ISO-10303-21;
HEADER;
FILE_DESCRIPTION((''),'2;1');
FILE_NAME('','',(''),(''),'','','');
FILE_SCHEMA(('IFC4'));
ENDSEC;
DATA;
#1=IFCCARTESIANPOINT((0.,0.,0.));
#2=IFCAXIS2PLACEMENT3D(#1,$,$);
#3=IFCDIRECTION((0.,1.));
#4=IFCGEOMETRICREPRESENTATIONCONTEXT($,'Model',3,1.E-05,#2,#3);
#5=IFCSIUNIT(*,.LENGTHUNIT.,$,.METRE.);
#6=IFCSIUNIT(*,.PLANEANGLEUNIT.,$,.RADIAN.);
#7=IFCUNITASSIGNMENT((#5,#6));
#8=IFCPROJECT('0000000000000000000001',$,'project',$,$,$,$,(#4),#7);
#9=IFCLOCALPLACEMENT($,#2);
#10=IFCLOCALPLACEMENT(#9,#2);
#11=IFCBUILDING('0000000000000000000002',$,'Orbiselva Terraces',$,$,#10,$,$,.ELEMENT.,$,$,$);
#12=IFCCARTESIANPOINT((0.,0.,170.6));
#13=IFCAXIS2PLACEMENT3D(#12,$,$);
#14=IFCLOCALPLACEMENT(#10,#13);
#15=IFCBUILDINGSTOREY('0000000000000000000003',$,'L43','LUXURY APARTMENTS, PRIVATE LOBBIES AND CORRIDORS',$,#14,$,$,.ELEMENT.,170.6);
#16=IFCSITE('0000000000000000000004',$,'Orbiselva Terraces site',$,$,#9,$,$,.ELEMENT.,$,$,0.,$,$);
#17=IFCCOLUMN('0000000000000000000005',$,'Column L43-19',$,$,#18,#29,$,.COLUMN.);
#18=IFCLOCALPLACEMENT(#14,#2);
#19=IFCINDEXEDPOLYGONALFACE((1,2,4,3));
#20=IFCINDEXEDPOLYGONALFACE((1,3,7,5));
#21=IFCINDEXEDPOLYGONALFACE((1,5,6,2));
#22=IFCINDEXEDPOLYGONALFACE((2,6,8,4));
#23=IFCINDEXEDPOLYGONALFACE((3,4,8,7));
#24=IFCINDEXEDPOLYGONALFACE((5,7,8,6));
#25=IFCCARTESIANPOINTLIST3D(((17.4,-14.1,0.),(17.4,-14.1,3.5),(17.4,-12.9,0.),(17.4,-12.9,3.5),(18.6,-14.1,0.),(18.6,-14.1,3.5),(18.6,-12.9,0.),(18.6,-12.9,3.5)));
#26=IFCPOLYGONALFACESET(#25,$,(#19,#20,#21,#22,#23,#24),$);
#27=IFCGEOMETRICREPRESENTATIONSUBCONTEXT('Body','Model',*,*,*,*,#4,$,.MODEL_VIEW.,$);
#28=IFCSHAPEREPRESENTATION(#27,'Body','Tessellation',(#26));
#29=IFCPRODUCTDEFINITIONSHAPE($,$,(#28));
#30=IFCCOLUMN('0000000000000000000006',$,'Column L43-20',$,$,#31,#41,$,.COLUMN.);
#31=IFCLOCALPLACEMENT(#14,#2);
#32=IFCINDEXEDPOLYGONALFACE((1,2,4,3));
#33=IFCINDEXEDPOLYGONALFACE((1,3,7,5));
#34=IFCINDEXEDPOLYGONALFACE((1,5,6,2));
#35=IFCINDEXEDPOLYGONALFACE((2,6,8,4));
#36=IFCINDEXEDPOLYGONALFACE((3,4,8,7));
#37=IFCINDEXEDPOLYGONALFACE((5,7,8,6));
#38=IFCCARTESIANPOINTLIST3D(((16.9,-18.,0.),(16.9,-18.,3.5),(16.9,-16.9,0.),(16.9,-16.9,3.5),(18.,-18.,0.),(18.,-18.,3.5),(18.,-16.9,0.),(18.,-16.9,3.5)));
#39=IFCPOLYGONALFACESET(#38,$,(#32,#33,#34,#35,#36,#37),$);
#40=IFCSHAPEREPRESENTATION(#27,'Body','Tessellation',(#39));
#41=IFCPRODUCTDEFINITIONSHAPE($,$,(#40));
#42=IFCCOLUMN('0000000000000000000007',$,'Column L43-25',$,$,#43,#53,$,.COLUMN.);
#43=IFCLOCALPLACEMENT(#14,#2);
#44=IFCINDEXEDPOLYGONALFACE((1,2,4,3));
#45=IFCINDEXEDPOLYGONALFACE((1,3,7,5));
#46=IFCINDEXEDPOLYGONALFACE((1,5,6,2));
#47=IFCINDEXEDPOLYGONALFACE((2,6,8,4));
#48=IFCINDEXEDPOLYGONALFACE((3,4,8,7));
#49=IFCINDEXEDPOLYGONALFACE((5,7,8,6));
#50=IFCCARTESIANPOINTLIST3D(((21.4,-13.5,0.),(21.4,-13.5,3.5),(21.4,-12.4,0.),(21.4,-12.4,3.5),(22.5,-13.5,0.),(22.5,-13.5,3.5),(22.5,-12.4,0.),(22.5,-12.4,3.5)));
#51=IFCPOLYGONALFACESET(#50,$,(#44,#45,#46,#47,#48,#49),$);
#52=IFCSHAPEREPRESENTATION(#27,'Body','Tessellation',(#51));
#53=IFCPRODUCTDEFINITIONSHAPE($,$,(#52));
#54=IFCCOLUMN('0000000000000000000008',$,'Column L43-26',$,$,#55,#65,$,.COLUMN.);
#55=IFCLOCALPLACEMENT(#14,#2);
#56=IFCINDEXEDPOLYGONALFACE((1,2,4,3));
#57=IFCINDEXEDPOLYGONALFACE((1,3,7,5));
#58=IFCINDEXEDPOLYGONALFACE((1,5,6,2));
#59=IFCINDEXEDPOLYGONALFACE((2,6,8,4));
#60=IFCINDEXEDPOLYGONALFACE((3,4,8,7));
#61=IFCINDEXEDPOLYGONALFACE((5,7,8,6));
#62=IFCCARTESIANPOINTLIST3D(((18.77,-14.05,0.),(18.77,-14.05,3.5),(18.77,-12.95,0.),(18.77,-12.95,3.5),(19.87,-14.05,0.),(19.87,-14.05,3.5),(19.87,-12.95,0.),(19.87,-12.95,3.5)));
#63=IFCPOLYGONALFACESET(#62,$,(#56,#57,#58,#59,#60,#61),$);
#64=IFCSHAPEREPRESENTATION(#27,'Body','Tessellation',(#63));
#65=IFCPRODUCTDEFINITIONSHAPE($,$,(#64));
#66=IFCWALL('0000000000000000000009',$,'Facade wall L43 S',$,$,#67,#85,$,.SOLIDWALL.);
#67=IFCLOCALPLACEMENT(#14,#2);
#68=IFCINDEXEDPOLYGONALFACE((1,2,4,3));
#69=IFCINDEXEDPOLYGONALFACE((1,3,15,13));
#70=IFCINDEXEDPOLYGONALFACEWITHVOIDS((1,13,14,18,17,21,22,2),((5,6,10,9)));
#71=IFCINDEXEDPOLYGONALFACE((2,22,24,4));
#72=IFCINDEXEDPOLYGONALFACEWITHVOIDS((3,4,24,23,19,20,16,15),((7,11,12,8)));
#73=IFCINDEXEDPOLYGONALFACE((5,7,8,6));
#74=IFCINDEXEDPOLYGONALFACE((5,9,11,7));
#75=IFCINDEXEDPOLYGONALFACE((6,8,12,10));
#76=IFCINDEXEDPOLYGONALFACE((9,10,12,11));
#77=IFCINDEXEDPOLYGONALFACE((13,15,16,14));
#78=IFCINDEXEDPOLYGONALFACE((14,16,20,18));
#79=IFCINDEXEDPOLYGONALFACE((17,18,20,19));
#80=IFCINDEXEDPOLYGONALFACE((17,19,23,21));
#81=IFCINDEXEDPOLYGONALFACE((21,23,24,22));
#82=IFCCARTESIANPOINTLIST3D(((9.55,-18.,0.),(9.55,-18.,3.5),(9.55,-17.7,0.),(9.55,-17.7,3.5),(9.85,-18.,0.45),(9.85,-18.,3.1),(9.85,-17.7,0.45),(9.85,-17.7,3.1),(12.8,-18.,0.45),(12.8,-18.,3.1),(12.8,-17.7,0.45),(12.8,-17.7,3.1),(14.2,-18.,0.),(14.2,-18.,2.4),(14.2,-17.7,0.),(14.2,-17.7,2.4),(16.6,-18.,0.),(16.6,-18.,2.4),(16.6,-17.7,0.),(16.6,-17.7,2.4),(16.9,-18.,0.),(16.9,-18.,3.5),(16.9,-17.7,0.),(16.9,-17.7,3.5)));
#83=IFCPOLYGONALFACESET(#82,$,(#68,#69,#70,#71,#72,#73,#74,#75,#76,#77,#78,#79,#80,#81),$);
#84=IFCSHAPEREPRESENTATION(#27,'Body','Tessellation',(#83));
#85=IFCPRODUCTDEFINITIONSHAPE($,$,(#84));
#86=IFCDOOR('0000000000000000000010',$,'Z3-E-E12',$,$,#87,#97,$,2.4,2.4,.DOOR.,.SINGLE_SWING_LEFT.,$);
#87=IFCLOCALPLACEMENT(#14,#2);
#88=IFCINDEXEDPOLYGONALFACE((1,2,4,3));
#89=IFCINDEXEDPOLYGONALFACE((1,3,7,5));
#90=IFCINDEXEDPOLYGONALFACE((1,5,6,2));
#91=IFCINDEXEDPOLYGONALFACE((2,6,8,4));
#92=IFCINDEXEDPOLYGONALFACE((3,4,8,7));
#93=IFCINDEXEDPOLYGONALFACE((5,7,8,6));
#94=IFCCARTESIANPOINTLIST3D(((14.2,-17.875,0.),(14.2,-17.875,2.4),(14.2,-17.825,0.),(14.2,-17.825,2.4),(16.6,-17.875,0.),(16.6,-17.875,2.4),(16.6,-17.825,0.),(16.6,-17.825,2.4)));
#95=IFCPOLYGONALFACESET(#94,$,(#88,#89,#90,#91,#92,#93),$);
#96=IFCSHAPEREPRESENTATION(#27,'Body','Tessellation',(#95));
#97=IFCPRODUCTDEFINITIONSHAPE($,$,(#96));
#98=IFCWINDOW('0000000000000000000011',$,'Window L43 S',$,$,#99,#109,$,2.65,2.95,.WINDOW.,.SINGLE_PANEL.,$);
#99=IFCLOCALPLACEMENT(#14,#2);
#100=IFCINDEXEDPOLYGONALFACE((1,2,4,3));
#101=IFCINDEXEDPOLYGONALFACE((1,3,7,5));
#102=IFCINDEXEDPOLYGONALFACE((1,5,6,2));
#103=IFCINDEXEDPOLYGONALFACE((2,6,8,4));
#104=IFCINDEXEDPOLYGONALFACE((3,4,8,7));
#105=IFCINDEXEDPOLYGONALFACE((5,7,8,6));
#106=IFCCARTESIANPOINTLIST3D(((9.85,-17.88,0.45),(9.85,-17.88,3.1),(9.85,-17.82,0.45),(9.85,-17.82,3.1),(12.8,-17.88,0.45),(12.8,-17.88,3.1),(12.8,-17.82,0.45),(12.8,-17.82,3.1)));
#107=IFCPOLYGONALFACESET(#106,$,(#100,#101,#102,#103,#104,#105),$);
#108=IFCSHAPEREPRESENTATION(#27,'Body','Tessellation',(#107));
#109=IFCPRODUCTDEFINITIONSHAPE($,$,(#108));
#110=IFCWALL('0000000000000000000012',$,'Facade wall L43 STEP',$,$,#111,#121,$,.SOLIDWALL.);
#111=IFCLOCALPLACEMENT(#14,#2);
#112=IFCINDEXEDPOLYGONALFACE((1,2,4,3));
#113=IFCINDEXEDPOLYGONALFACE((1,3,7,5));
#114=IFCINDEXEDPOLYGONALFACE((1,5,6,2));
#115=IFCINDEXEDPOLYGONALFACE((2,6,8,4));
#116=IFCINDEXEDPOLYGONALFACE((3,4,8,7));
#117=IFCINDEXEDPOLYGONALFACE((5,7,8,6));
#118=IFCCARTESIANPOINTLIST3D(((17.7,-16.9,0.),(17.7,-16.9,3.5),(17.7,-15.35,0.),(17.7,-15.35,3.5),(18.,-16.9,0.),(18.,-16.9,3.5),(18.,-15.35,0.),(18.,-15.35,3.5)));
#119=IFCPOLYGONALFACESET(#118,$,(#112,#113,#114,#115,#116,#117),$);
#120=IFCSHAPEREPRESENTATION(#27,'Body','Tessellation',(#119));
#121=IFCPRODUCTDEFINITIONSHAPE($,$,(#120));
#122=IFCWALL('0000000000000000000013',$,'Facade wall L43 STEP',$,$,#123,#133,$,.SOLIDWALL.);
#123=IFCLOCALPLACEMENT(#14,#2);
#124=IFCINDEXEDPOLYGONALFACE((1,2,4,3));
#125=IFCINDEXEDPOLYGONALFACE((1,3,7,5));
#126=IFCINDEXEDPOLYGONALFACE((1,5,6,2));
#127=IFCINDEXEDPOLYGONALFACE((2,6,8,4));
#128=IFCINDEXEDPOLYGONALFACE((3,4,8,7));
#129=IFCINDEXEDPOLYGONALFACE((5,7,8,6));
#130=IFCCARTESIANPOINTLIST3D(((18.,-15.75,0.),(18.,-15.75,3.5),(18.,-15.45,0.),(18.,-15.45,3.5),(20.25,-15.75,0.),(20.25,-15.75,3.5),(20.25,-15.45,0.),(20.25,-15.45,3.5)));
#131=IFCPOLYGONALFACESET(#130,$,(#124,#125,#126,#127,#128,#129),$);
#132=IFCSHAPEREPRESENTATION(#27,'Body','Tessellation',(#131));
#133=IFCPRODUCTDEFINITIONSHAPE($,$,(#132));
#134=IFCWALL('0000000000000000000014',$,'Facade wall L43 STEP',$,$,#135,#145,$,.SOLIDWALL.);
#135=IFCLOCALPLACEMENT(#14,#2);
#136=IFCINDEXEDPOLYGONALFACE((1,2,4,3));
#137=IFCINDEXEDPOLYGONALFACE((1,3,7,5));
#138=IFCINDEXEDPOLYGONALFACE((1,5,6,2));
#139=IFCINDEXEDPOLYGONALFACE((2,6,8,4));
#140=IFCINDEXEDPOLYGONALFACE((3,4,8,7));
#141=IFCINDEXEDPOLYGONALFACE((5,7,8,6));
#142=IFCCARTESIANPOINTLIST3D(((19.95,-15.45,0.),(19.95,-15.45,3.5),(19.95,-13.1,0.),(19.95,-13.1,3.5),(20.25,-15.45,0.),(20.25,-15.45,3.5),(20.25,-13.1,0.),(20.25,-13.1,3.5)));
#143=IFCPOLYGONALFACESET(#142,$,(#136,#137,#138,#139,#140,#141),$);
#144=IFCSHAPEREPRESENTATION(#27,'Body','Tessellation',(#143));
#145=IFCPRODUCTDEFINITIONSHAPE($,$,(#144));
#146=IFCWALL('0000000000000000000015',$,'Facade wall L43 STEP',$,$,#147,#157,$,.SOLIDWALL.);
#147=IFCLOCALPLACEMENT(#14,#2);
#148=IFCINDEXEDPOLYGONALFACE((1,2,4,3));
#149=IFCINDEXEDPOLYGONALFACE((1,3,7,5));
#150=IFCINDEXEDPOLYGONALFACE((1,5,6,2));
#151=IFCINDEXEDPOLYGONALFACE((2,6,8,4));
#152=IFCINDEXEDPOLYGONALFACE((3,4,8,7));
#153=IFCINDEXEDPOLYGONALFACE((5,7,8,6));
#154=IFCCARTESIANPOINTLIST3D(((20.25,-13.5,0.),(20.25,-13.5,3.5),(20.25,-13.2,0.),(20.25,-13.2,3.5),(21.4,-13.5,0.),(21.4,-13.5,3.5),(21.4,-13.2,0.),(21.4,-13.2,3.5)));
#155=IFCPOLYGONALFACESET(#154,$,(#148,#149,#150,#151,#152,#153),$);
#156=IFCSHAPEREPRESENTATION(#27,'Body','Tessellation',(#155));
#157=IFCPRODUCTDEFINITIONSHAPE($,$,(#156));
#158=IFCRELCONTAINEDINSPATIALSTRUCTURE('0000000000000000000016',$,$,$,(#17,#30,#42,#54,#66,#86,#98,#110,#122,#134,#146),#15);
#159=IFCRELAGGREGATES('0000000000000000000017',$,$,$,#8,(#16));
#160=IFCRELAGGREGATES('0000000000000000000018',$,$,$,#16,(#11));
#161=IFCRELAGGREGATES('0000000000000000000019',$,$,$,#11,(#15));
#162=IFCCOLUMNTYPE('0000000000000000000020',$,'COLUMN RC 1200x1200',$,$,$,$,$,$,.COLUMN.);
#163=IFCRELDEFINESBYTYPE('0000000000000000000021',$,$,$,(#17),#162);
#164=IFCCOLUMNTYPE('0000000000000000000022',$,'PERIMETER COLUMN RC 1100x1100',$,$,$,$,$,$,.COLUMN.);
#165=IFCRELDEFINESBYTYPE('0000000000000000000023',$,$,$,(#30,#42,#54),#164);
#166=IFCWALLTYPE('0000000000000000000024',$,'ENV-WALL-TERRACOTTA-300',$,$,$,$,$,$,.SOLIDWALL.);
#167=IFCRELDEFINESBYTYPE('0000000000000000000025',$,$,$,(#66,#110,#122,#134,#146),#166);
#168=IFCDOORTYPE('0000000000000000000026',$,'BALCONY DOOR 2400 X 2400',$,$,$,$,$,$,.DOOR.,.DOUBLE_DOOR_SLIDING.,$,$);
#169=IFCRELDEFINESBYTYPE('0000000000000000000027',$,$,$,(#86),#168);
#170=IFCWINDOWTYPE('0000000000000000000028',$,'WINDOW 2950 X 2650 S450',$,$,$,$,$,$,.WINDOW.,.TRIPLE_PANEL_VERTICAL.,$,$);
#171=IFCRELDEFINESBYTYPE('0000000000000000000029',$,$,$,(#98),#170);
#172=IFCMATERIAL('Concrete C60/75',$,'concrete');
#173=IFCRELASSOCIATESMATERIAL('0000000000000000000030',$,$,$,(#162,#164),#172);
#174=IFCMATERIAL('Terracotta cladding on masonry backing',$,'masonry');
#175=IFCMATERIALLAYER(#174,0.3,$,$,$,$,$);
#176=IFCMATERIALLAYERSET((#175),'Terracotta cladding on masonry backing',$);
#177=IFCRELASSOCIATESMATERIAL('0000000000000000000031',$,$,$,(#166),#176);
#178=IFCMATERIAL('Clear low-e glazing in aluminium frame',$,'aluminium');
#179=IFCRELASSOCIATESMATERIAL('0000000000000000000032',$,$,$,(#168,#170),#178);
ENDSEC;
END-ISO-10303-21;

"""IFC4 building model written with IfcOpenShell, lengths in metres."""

from ifc_helpers import new_model, si_unit, direction, frame, frame_2d, origin, origin_2d, place, context, subcontext, project, spatial, rectangle, extrude, material, layer, layer_set, material_profile, profile_set, type_object, element, fill, save


model = new_model("IFC4")

# Units and contexts
model_context = context("Model", 3, precision=1e-05, world=origin(), true_north=direction((0.0, 1.0)))
body_context = subcontext(model_context, "Body", "Model", "MODEL_VIEW")
ifc_project = project(units=[si_unit("LENGTHUNIT", "METRE"), si_unit("PLANEANGLEUNIT", "RADIAN")], contexts=[model_context])

# Site, building, storey
site_placement = place(None, origin())
site = spatial("IfcSite", under=ifc_project, at=site_placement, Name="Orbiselva Terraces site", CompositionType="ELEMENT", RefElevation=0.0)
building_placement = place(site_placement, origin())
building = spatial("IfcBuilding", under=site, at=building_placement, Name="Orbiselva Terraces", CompositionType="ELEMENT")
storey_placement = place(building_placement, frame((0.0, 0.0, 170.6)))
storey = spatial("IfcBuildingStorey", under=building, at=storey_placement, Name="L43", Description="LUXURY APARTMENTS, PRIVATE LOBBIES AND CORRIDORS", CompositionType="ELEMENT", Elevation=170.6)

# Columns
ifc_material_1 = material(Name="Concrete C60/75", Category="concrete")
ifc_material_profile_1 = material_profile(ifc_material_1, rectangle(XDim=1.2, YDim=1.2, at=origin_2d()), Name="RC 1200x1200")
ifc_profile_set_1 = profile_set([ifc_material_profile_1], Name="Concrete C60/75")
column_type_1 = type_object("IfcColumnType", Name="COLUMN RC 1200x1200", PredefinedType="COLUMN", material=ifc_profile_set_1)
column_placement = place(storey_placement, frame((18.0, -13.5, 0.0), z_axis=(0.0, 0.0, 1.0), x_axis=(1.0, 0.0, 0.0)))
element("IfcColumn", 1, at=column_placement, inside=storey, type_object=column_type_1, Name="Column L43-19", PredefinedType="COLUMN", context=body_context, shape_type="SweptSolid", body=[
    extrude(rectangle(XDim=1.2, YDim=1.2, at=origin_2d()), origin(), (0.0, 0.0, 1.0), 3.5),
])
ifc_material_profile_2 = material_profile(ifc_material_1, rectangle(XDim=1.1, YDim=1.1, at=origin_2d()), Name="RC 1100x1100")
ifc_profile_set_2 = profile_set([ifc_material_profile_2], Name="Concrete C60/75")
column_type_2 = type_object("IfcColumnType", Name="PERIMETER COLUMN RC 1100x1100", PredefinedType="COLUMN", material=ifc_profile_set_2)
for number, where, z_axis, x_axis, name in (
    (2, (17.45, -17.45, 0.0), (0.0, 0.0, 1.0), (1.0, 0.0, 0.0), "Column L43-20"),
    (3, (21.95, -12.95, 0.0), (0.0, 0.0, 1.0), (1.0, 0.0, 0.0), "Column L43-25"),
    (4, (19.32, -13.5, 0.0), (0.0, 0.0, 1.0), (1.0, 0.0, 0.0), "Column L43-26"),
):
    element("IfcColumn", number, at=place(storey_placement, frame(where, z_axis=z_axis, x_axis=x_axis)), inside=storey, type_object=column_type_2, Name=name, PredefinedType="COLUMN", context=body_context, shape_type="SweptSolid", body=[
        extrude(rectangle(XDim=1.1, YDim=1.1, at=origin_2d()), origin(), (0.0, 0.0, 1.0), 3.5),
    ])

# Wall, openings, door, window
ifc_material_2 = material(Name="Terracotta cladding on masonry backing", Category="masonry")
ifc_layer_1 = layer(ifc_material_2, 0.3)
ifc_layer_set_1 = layer_set([ifc_layer_1], Name="Terracotta cladding on masonry backing")
wall_type_1 = type_object("IfcWallType", Name="ENV-WALL-TERRACOTTA-300", PredefinedType="SOLIDWALL", material=ifc_layer_set_1)
wall_1_placement = place(storey_placement, frame((16.9, -17.85, 0.0), z_axis=(0.0, 0.0, 1.0), x_axis=(-1.0, 0.0, 0.0)))
wall_1 = element("IfcWall", 5, at=wall_1_placement, inside=storey, type_object=wall_type_1, Name="Facade wall L43 S", PredefinedType="SOLIDWALL", context=body_context, shape_type="SweptSolid", body=[
    extrude(rectangle(XDim=7.35, YDim=0.3, at=frame_2d((3.675, 0.0))), origin(), (0.0, 0.0, 1.0), 3.5),
])
opening_1_placement = place(wall_1_placement, frame((4.1, 0.0, 0.45)))
opening_1 = element("IfcOpeningElement", 6, at=opening_1_placement, cuts=wall_1, PredefinedType="OPENING", context=body_context, shape_type="SweptSolid", body=[
    extrude(rectangle(XDim=2.95, YDim=2.65, at=frame_2d((1.475, 1.325))), frame((0.0, 0.16, 0.0), z_axis=(0.0, -1.0, 0.0), x_axis=(1.0, 0.0, 0.0)), (0.0, 0.0, 1.0), 0.32),
])
opening_2_placement = place(wall_1_placement, frame((0.3, 0.0, 0.0)))
opening_2 = element("IfcOpeningElement", 7, at=opening_2_placement, cuts=wall_1, PredefinedType="OPENING", context=body_context, shape_type="SweptSolid", body=[
    extrude(rectangle(XDim=2.4, YDim=2.4, at=frame_2d((1.2, 1.2))), frame((0.0, 0.16, 0.0), z_axis=(0.0, -1.0, 0.0), x_axis=(1.0, 0.0, 0.0)), (0.0, 0.0, 1.0), 0.32),
])
ifc_material_3 = material(Name="Clear low-e glazing in aluminium frame", Category="aluminium")
door_type_1 = type_object("IfcDoorType", Name="BALCONY DOOR 2400 X 2400", OperationType="DOUBLE_DOOR_SLIDING", PredefinedType="DOOR", material=ifc_material_3)
door_1_placement = place(opening_2_placement, origin())
door_1 = element("IfcDoor", 8, at=door_1_placement, inside=storey, type_object=door_type_1, Name="Z3-E-E12", OperationType="SINGLE_SWING_LEFT", OverallHeight=2.4, OverallWidth=2.4, PredefinedType="DOOR", context=body_context, shape_type="SweptSolid", body=[
    extrude(rectangle(XDim=2.4, YDim=2.4, at=frame_2d((1.2, 1.2))), frame((0.0, 0.025, 0.0), z_axis=(0.0, -1.0, 0.0), x_axis=(1.0, 0.0, 0.0)), (0.0, 0.0, 1.0), 0.05),
])
fill(opening_2, door_1)
window_type_1 = type_object("IfcWindowType", Name="WINDOW 2950 X 2650 S450", PartitioningType="TRIPLE_PANEL_VERTICAL", PredefinedType="WINDOW", material=ifc_material_3)
window_1_placement = place(opening_1_placement, origin())
window_1 = element("IfcWindow", 9, at=window_1_placement, inside=storey, type_object=window_type_1, Name="Window L43 S", OverallHeight=2.65, OverallWidth=2.95, PartitioningType="SINGLE_PANEL", PredefinedType="WINDOW", context=body_context, shape_type="SweptSolid", body=[
    extrude(rectangle(XDim=2.95, YDim=2.65, at=frame_2d((1.475, 1.325))), frame((0.0, 0.03, 0.0), z_axis=(0.0, -1.0, 0.0), x_axis=(1.0, 0.0, 0.0)), (0.0, 0.0, 1.0), 0.06),
])
fill(opening_1, window_1)

# Walls
wall_2_placement = place(storey_placement, frame((17.85, -15.35, 0.0), z_axis=(0.0, 0.0, 1.0), x_axis=(0.0, -1.0, 0.0)))
element("IfcWall", 10, at=wall_2_placement, inside=storey, type_object=wall_type_1, Name="Facade wall L43 STEP", PredefinedType="SOLIDWALL", context=body_context, shape_type="SweptSolid", body=[
    extrude(rectangle(XDim=1.55, YDim=0.3, at=frame_2d((0.775, 0.0))), origin(), (0.0, 0.0, 1.0), 3.5),
])
wall_3_placement = place(storey_placement, frame((20.25, -15.6, 0.0), z_axis=(0.0, 0.0, 1.0), x_axis=(-1.0, 0.0, 0.0)))
element("IfcWall", 11, at=wall_3_placement, inside=storey, type_object=wall_type_1, Name="Facade wall L43 STEP", PredefinedType="SOLIDWALL", context=body_context, shape_type="SweptSolid", body=[
    extrude(rectangle(XDim=2.25, YDim=0.3, at=frame_2d((1.125, 0.0))), origin(), (0.0, 0.0, 1.0), 3.5),
])
wall_4_placement = place(storey_placement, frame((20.1, -13.1, 0.0), z_axis=(0.0, 0.0, 1.0), x_axis=(0.0, -1.0, 0.0)))
element("IfcWall", 12, at=wall_4_placement, inside=storey, type_object=wall_type_1, Name="Facade wall L43 STEP", PredefinedType="SOLIDWALL", context=body_context, shape_type="SweptSolid", body=[
    extrude(rectangle(XDim=2.35, YDim=0.3, at=frame_2d((1.175, 0.0))), origin(), (0.0, 0.0, 1.0), 3.5),
])
wall_5_placement = place(storey_placement, frame((21.4, -13.35, 0.0), z_axis=(0.0, 0.0, 1.0), x_axis=(-1.0, 0.0, 0.0)))
element("IfcWall", 13, at=wall_5_placement, inside=storey, type_object=wall_type_1, Name="Facade wall L43 STEP", PredefinedType="SOLIDWALL", context=body_context, shape_type="SweptSolid", body=[
    extrude(rectangle(XDim=1.15, YDim=0.3, at=frame_2d((0.575, 0.0))), origin(), (0.0, 0.0, 1.0), 3.5),
])

save(model, "model.ifc")
